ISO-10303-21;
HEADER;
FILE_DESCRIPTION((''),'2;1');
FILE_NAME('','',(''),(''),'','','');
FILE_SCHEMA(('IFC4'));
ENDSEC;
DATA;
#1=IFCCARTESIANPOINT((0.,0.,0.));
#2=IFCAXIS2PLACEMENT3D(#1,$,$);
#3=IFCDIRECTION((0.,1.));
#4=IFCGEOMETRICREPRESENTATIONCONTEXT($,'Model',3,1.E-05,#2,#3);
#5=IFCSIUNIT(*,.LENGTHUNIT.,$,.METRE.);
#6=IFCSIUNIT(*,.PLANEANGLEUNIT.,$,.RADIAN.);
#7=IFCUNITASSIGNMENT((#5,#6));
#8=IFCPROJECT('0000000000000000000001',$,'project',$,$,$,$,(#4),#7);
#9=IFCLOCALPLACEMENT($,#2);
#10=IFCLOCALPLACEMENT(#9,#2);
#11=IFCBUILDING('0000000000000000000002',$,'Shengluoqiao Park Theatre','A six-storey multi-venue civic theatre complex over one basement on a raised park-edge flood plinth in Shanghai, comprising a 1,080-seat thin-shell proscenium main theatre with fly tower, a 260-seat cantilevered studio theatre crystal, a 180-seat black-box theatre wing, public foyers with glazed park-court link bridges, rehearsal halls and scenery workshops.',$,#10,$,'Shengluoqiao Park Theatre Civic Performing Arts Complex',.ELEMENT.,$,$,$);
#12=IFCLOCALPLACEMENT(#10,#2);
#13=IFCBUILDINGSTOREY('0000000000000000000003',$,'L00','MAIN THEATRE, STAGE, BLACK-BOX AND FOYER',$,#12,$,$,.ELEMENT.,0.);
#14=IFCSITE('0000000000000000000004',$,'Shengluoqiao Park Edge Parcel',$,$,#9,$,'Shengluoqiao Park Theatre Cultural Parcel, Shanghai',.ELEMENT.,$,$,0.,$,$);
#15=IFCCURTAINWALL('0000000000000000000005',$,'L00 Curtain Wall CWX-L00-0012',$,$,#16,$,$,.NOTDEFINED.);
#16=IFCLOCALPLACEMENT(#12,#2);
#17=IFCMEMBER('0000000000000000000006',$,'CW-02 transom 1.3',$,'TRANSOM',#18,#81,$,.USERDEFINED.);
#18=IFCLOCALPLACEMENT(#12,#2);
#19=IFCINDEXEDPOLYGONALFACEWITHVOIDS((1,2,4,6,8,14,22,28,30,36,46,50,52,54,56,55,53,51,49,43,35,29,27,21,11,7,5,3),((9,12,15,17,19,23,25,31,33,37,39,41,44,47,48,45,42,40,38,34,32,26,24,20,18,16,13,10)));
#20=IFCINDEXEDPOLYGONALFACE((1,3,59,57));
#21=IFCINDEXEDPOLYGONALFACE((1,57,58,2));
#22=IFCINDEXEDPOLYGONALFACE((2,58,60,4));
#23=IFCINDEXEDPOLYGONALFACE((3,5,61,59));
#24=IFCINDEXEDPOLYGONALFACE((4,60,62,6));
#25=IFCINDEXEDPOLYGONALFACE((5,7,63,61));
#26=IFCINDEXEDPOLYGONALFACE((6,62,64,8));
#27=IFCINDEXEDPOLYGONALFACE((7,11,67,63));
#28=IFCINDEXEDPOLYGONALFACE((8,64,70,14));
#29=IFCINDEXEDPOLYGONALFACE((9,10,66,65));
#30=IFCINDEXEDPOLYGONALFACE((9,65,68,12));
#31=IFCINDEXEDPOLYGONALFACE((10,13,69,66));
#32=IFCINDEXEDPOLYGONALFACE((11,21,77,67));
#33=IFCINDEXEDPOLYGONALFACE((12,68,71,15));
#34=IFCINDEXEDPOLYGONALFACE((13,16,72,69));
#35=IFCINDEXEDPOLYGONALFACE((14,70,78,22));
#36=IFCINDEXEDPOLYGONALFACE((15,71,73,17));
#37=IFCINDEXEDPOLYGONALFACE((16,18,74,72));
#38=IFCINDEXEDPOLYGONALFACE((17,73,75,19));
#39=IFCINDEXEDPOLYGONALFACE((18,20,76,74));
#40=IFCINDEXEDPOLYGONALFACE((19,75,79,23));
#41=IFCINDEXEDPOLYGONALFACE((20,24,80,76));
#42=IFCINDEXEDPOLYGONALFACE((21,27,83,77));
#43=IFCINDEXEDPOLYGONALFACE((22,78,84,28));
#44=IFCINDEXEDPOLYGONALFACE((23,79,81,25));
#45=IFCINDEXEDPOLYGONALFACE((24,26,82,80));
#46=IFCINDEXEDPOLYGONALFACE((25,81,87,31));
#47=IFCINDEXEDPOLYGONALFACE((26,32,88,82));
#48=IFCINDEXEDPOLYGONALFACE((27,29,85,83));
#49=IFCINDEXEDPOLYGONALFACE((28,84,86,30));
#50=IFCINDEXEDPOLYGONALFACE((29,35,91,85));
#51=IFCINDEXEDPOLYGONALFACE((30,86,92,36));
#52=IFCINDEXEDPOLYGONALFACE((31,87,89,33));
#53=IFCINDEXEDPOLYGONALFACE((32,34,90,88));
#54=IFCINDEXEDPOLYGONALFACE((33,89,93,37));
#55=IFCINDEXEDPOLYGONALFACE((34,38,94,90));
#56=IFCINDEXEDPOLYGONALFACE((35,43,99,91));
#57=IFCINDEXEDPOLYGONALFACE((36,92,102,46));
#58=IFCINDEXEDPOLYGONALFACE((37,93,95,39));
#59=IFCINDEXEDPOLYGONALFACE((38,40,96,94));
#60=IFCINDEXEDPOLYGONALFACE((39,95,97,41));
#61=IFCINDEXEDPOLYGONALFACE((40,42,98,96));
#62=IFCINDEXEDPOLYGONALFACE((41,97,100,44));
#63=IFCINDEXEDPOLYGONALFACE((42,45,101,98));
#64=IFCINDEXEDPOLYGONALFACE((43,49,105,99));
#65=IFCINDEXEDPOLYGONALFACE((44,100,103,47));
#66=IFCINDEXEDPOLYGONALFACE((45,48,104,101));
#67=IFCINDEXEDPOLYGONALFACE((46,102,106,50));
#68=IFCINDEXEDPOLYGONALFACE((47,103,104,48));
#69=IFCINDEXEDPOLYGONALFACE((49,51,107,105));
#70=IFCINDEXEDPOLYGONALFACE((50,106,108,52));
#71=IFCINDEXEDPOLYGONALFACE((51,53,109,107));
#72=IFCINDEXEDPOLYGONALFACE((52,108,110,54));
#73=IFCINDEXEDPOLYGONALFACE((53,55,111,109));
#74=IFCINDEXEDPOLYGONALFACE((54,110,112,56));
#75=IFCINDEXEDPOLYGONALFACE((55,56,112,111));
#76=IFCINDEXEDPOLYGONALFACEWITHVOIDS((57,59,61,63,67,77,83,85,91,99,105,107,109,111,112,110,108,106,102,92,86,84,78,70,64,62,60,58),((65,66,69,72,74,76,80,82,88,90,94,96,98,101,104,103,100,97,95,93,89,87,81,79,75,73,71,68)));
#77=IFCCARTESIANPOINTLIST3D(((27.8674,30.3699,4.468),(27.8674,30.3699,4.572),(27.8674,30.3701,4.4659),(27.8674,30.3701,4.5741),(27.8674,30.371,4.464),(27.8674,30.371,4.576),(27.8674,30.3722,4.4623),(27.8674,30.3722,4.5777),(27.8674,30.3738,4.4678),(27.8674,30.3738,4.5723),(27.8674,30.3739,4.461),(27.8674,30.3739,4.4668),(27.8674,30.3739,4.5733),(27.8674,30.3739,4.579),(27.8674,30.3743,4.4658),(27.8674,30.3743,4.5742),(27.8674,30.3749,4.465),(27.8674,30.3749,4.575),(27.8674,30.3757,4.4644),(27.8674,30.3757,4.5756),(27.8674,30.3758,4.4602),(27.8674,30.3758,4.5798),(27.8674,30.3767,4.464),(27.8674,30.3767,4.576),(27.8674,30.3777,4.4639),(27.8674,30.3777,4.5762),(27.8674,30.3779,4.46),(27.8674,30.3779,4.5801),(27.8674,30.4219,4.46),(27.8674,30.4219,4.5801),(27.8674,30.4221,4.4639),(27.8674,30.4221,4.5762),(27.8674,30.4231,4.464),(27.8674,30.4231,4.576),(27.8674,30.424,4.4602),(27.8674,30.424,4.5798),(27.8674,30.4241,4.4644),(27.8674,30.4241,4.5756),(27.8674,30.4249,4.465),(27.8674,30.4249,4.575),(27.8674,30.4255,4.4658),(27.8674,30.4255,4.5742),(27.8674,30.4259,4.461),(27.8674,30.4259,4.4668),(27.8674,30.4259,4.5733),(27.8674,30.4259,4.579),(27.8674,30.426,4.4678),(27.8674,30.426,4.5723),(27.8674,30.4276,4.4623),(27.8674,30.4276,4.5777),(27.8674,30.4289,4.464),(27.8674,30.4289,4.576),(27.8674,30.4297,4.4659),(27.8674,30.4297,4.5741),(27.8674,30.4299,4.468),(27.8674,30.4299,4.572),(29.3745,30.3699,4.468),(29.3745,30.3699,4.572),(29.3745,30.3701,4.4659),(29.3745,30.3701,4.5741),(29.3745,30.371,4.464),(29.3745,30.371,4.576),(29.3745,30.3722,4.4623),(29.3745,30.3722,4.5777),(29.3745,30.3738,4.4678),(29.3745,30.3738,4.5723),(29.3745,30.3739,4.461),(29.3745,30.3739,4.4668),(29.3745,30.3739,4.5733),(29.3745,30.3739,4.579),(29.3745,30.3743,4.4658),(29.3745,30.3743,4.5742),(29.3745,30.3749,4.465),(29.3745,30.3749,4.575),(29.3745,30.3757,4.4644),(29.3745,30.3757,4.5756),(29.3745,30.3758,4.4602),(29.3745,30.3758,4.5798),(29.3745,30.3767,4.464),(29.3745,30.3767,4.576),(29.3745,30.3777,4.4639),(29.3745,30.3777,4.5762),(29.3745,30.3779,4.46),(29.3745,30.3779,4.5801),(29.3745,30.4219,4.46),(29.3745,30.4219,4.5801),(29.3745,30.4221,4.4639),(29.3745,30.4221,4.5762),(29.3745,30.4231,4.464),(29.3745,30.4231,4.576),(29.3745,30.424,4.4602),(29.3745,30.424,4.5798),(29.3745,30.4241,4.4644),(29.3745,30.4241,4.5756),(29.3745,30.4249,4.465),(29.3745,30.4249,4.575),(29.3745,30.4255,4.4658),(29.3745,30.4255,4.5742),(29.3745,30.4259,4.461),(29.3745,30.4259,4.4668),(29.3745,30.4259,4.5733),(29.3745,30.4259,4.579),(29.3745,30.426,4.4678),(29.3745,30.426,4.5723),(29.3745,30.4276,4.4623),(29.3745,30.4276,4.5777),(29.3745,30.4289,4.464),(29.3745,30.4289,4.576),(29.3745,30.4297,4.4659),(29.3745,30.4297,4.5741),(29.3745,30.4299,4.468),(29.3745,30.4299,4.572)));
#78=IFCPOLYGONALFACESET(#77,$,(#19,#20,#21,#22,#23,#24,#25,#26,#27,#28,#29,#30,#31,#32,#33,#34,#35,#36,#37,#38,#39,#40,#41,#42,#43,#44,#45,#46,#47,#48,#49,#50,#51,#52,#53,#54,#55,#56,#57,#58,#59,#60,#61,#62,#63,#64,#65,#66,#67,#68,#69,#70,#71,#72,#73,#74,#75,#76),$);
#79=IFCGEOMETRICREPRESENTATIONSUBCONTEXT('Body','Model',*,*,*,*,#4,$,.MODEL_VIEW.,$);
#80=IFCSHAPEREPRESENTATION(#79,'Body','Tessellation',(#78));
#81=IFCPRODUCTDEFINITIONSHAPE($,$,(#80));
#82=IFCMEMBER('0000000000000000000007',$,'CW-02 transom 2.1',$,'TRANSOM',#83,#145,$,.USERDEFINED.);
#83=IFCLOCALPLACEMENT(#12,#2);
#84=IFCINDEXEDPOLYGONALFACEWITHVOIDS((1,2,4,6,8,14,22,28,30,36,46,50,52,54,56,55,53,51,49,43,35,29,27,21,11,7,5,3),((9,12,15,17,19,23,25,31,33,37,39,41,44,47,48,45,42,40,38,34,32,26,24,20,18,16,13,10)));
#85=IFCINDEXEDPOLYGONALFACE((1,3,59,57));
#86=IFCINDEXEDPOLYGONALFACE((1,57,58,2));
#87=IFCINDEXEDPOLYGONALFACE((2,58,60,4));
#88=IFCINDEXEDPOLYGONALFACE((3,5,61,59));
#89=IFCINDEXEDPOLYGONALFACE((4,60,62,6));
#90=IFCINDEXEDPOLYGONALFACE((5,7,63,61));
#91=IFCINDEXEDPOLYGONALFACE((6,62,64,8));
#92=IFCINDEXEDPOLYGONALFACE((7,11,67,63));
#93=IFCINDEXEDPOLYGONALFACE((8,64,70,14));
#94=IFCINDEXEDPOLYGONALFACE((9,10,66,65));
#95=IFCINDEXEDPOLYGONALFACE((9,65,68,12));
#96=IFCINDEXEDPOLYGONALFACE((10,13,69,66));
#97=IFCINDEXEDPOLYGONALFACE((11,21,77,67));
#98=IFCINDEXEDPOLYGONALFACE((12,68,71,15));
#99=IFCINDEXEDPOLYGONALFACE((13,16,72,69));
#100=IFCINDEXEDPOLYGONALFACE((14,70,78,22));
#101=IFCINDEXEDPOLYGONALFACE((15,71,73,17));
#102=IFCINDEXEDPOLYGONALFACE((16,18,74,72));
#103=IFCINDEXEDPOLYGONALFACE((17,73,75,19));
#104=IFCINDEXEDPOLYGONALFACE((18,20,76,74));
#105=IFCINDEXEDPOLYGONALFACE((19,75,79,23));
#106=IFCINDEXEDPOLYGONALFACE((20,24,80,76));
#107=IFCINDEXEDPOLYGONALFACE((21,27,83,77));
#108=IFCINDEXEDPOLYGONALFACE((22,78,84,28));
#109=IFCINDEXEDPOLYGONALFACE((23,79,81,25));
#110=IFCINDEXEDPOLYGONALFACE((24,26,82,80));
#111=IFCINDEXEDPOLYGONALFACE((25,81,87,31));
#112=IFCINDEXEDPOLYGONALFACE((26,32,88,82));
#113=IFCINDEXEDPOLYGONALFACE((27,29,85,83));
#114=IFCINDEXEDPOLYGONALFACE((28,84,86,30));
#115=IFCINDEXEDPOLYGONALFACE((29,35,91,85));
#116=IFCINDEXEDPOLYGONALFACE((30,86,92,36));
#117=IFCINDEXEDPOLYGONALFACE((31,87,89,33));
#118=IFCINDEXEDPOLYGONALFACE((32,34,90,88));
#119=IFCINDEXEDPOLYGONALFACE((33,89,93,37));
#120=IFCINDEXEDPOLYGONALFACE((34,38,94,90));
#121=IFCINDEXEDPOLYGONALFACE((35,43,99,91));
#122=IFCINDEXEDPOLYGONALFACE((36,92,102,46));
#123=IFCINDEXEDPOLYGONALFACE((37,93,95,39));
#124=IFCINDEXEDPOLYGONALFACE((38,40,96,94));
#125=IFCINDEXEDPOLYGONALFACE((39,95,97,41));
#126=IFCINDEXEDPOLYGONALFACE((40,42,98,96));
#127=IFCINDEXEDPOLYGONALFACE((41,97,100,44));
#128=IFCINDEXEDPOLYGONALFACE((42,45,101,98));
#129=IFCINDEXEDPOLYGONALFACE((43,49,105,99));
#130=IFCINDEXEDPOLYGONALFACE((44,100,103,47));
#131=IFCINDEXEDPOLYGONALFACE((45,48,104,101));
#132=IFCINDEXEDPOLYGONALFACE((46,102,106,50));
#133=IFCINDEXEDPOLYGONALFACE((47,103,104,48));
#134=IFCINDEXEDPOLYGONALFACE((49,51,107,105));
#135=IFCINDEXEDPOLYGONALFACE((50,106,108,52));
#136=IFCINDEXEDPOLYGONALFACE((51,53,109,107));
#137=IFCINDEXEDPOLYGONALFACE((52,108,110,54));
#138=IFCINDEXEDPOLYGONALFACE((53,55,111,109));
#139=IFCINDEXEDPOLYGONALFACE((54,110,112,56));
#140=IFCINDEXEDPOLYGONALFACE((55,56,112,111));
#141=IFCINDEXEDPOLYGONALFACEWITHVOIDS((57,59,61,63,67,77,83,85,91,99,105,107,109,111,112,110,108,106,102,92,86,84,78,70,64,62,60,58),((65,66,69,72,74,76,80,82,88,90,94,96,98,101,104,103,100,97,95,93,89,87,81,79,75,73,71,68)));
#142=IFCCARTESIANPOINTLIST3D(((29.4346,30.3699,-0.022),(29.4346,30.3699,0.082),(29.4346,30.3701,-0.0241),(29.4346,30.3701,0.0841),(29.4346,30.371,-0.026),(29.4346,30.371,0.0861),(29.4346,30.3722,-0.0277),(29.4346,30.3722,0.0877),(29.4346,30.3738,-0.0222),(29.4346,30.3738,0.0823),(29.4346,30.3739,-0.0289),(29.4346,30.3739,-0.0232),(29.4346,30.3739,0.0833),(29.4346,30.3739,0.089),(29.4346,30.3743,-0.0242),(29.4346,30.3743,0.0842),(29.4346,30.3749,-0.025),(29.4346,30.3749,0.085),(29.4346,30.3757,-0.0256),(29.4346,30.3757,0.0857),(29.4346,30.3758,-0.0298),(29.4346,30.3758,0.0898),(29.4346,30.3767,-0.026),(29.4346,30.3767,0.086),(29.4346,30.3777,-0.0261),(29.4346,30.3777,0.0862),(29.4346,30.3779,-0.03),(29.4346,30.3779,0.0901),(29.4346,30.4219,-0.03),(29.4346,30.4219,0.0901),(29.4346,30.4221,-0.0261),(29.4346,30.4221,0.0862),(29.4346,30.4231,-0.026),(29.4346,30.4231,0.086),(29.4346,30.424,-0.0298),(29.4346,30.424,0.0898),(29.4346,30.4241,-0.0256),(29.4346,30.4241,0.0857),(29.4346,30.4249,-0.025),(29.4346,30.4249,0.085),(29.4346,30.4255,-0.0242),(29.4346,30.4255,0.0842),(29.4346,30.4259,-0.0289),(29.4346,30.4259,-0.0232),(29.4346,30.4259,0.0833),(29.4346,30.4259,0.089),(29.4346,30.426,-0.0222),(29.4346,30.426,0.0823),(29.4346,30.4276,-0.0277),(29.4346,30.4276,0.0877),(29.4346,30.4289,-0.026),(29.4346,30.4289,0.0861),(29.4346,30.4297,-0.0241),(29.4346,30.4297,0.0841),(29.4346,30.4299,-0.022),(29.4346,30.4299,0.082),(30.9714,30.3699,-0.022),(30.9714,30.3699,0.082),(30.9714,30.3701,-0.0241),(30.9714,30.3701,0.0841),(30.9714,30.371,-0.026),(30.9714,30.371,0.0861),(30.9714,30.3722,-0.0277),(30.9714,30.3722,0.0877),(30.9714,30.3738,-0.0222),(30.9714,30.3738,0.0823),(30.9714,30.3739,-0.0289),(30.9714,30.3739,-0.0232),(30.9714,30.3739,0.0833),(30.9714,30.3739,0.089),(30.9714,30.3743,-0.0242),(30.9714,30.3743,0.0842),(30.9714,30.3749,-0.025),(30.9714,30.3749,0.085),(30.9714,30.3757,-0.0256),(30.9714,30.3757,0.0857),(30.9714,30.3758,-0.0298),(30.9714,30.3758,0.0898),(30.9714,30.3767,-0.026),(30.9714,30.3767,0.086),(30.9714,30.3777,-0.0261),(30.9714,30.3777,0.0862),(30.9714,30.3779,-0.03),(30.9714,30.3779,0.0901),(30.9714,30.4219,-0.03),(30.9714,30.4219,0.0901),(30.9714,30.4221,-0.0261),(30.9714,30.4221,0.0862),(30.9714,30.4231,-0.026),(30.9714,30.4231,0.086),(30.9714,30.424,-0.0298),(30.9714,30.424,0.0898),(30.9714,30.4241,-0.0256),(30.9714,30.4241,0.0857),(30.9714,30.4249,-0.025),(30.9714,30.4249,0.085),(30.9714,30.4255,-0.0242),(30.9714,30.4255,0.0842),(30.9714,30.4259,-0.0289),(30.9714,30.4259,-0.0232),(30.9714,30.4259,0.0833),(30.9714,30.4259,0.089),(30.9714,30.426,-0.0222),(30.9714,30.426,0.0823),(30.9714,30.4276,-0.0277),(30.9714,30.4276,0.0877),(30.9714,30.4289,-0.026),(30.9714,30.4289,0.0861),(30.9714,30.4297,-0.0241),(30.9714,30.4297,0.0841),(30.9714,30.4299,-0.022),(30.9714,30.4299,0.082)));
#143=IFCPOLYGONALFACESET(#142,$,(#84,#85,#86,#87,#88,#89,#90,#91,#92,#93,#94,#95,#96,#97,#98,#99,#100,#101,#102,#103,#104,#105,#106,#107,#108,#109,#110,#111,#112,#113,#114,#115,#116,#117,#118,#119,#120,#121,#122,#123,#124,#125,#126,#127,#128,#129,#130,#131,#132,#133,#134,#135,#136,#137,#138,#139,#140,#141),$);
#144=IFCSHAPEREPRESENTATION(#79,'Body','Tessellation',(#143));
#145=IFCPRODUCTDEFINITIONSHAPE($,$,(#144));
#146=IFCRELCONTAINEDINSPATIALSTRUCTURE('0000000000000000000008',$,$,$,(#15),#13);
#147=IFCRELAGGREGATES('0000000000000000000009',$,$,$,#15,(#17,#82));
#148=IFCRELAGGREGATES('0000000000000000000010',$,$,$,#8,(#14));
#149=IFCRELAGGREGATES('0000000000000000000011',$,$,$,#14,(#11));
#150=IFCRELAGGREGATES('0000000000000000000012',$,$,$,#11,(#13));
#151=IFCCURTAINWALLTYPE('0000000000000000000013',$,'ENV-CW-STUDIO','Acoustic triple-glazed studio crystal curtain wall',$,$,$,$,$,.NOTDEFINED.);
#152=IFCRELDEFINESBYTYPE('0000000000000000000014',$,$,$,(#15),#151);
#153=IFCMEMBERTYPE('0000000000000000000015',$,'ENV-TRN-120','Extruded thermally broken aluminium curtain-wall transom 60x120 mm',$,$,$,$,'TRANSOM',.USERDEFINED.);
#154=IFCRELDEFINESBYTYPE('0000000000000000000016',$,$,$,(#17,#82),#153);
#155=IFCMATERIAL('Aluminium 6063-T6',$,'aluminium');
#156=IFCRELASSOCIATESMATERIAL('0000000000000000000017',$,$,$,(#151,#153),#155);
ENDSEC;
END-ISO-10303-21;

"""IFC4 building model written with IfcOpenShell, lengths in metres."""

from ifc_helpers import new_model, si_unit, direction, frame, origin, origin_2d, place, context, subcontext, project, spatial, hollow_rectangle, extrude, material, material_profile, profile_set, type_object, element, aggregate, save


model = new_model("IFC4")

# Units and contexts
model_context = context("Model", 3, precision=1e-05, world=origin(), true_north=direction((0.0, 1.0)))
body_context = subcontext(model_context, "Body", "Model", "MODEL_VIEW")
ifc_project = project(units=[si_unit("LENGTHUNIT", "METRE"), si_unit("PLANEANGLEUNIT", "RADIAN")], contexts=[model_context])

# Site, building, storey
site_placement = place(None, origin())
site = spatial("IfcSite", under=ifc_project, at=site_placement, Name="Shengluoqiao Park Edge Parcel", LongName="Shengluoqiao Park Theatre Cultural Parcel, Shanghai", CompositionType="ELEMENT", RefElevation=0.0)
building_placement = place(site_placement, origin())
building = spatial("IfcBuilding", under=site, at=building_placement, Name="Shengluoqiao Park Theatre", Description="A six-storey multi-venue civic theatre complex over one basement on a raised park-edge flood plinth in Shanghai, comprising a 1,080-seat thin-shell proscenium main theatre with fly tower, a 260-seat cantilevered studio theatre crystal, a 180-seat black-box theatre wing, public foyers with glazed park-court link bridges, rehearsal halls and scenery workshops.", LongName="Shengluoqiao Park Theatre Civic Performing Arts Complex", CompositionType="ELEMENT")
storey_placement = place(building_placement, origin())
storey = spatial("IfcBuildingStorey", under=building, at=storey_placement, Name="L00", Description="MAIN THEATRE, STAGE, BLACK-BOX AND FOYER", CompositionType="ELEMENT", Elevation=0.0)

# Curtain wall
ifc_material_1 = material(Name="Aluminium 6063-T6", Category="aluminium")
curtain_wall_type_1 = type_object("IfcCurtainWallType", Name="ENV-CW-STUDIO", Description="Acoustic triple-glazed studio crystal curtain wall", PredefinedType="NOTDEFINED", material=ifc_material_1)
curtain_wall_1_placement = place(storey_placement, origin())
curtain_wall_1 = element("IfcCurtainWall", 1, at=curtain_wall_1_placement, inside=storey, type_object=curtain_wall_type_1, Name="L00 Curtain Wall CWX-L00-0012", PredefinedType="NOTDEFINED")

# Members
ifc_material_profile_1 = material_profile(ifc_material_1, hollow_rectangle(XDim=0.0601, YDim=0.1201, WallThickness=0.0039, InnerFilletRadius=0.0039, OuterFilletRadius=0.0081, at=origin_2d()), Name="ALU TRANSOM 120x60x4")
ifc_profile_set_1 = profile_set([ifc_material_profile_1], Name="Aluminium 6063-T6")
member_type_1 = type_object("IfcMemberType", Name="ENV-TRN-120", Description="Extruded thermally broken aluminium curtain-wall transom 60x120 mm", ElementType="TRANSOM", PredefinedType="USERDEFINED", material=ifc_profile_set_1)
member_1_placement = place(storey_placement, frame((27.8674, 30.3999, 4.52), z_axis=(1.0, 0.0, 0.0), x_axis=(0.0, 1.0, 0.0)))
member_1 = element("IfcMember", 2, at=member_1_placement, type_object=member_type_1, Name="CW-02 transom 1.3", ObjectType="TRANSOM", PredefinedType="USERDEFINED", context=body_context, shape_type="SweptSolid", body=[
    extrude(hollow_rectangle(XDim=0.0601, YDim=0.1201, WallThickness=0.0039, InnerFilletRadius=0.0039, OuterFilletRadius=0.0081, at=origin_2d()), origin(), (0.0, 0.0, 1.0), 1.5071),
])
member_2_placement = place(storey_placement, frame((29.4346, 30.3999, 0.03), z_axis=(1.0, 0.0, 0.0), x_axis=(0.0, 1.0, 0.0)))
member_2 = element("IfcMember", 3, at=member_2_placement, type_object=member_type_1, Name="CW-02 transom 2.1", ObjectType="TRANSOM", PredefinedType="USERDEFINED", context=body_context, shape_type="SweptSolid", body=[
    extrude(hollow_rectangle(XDim=0.0601, YDim=0.1201, WallThickness=0.0039, InnerFilletRadius=0.0039, OuterFilletRadius=0.0081, at=origin_2d()), origin(), (0.0, 0.0, 1.0), 1.5369),
])

aggregate(curtain_wall_1, [member_1, member_2])

save(model, "model.ifc")
